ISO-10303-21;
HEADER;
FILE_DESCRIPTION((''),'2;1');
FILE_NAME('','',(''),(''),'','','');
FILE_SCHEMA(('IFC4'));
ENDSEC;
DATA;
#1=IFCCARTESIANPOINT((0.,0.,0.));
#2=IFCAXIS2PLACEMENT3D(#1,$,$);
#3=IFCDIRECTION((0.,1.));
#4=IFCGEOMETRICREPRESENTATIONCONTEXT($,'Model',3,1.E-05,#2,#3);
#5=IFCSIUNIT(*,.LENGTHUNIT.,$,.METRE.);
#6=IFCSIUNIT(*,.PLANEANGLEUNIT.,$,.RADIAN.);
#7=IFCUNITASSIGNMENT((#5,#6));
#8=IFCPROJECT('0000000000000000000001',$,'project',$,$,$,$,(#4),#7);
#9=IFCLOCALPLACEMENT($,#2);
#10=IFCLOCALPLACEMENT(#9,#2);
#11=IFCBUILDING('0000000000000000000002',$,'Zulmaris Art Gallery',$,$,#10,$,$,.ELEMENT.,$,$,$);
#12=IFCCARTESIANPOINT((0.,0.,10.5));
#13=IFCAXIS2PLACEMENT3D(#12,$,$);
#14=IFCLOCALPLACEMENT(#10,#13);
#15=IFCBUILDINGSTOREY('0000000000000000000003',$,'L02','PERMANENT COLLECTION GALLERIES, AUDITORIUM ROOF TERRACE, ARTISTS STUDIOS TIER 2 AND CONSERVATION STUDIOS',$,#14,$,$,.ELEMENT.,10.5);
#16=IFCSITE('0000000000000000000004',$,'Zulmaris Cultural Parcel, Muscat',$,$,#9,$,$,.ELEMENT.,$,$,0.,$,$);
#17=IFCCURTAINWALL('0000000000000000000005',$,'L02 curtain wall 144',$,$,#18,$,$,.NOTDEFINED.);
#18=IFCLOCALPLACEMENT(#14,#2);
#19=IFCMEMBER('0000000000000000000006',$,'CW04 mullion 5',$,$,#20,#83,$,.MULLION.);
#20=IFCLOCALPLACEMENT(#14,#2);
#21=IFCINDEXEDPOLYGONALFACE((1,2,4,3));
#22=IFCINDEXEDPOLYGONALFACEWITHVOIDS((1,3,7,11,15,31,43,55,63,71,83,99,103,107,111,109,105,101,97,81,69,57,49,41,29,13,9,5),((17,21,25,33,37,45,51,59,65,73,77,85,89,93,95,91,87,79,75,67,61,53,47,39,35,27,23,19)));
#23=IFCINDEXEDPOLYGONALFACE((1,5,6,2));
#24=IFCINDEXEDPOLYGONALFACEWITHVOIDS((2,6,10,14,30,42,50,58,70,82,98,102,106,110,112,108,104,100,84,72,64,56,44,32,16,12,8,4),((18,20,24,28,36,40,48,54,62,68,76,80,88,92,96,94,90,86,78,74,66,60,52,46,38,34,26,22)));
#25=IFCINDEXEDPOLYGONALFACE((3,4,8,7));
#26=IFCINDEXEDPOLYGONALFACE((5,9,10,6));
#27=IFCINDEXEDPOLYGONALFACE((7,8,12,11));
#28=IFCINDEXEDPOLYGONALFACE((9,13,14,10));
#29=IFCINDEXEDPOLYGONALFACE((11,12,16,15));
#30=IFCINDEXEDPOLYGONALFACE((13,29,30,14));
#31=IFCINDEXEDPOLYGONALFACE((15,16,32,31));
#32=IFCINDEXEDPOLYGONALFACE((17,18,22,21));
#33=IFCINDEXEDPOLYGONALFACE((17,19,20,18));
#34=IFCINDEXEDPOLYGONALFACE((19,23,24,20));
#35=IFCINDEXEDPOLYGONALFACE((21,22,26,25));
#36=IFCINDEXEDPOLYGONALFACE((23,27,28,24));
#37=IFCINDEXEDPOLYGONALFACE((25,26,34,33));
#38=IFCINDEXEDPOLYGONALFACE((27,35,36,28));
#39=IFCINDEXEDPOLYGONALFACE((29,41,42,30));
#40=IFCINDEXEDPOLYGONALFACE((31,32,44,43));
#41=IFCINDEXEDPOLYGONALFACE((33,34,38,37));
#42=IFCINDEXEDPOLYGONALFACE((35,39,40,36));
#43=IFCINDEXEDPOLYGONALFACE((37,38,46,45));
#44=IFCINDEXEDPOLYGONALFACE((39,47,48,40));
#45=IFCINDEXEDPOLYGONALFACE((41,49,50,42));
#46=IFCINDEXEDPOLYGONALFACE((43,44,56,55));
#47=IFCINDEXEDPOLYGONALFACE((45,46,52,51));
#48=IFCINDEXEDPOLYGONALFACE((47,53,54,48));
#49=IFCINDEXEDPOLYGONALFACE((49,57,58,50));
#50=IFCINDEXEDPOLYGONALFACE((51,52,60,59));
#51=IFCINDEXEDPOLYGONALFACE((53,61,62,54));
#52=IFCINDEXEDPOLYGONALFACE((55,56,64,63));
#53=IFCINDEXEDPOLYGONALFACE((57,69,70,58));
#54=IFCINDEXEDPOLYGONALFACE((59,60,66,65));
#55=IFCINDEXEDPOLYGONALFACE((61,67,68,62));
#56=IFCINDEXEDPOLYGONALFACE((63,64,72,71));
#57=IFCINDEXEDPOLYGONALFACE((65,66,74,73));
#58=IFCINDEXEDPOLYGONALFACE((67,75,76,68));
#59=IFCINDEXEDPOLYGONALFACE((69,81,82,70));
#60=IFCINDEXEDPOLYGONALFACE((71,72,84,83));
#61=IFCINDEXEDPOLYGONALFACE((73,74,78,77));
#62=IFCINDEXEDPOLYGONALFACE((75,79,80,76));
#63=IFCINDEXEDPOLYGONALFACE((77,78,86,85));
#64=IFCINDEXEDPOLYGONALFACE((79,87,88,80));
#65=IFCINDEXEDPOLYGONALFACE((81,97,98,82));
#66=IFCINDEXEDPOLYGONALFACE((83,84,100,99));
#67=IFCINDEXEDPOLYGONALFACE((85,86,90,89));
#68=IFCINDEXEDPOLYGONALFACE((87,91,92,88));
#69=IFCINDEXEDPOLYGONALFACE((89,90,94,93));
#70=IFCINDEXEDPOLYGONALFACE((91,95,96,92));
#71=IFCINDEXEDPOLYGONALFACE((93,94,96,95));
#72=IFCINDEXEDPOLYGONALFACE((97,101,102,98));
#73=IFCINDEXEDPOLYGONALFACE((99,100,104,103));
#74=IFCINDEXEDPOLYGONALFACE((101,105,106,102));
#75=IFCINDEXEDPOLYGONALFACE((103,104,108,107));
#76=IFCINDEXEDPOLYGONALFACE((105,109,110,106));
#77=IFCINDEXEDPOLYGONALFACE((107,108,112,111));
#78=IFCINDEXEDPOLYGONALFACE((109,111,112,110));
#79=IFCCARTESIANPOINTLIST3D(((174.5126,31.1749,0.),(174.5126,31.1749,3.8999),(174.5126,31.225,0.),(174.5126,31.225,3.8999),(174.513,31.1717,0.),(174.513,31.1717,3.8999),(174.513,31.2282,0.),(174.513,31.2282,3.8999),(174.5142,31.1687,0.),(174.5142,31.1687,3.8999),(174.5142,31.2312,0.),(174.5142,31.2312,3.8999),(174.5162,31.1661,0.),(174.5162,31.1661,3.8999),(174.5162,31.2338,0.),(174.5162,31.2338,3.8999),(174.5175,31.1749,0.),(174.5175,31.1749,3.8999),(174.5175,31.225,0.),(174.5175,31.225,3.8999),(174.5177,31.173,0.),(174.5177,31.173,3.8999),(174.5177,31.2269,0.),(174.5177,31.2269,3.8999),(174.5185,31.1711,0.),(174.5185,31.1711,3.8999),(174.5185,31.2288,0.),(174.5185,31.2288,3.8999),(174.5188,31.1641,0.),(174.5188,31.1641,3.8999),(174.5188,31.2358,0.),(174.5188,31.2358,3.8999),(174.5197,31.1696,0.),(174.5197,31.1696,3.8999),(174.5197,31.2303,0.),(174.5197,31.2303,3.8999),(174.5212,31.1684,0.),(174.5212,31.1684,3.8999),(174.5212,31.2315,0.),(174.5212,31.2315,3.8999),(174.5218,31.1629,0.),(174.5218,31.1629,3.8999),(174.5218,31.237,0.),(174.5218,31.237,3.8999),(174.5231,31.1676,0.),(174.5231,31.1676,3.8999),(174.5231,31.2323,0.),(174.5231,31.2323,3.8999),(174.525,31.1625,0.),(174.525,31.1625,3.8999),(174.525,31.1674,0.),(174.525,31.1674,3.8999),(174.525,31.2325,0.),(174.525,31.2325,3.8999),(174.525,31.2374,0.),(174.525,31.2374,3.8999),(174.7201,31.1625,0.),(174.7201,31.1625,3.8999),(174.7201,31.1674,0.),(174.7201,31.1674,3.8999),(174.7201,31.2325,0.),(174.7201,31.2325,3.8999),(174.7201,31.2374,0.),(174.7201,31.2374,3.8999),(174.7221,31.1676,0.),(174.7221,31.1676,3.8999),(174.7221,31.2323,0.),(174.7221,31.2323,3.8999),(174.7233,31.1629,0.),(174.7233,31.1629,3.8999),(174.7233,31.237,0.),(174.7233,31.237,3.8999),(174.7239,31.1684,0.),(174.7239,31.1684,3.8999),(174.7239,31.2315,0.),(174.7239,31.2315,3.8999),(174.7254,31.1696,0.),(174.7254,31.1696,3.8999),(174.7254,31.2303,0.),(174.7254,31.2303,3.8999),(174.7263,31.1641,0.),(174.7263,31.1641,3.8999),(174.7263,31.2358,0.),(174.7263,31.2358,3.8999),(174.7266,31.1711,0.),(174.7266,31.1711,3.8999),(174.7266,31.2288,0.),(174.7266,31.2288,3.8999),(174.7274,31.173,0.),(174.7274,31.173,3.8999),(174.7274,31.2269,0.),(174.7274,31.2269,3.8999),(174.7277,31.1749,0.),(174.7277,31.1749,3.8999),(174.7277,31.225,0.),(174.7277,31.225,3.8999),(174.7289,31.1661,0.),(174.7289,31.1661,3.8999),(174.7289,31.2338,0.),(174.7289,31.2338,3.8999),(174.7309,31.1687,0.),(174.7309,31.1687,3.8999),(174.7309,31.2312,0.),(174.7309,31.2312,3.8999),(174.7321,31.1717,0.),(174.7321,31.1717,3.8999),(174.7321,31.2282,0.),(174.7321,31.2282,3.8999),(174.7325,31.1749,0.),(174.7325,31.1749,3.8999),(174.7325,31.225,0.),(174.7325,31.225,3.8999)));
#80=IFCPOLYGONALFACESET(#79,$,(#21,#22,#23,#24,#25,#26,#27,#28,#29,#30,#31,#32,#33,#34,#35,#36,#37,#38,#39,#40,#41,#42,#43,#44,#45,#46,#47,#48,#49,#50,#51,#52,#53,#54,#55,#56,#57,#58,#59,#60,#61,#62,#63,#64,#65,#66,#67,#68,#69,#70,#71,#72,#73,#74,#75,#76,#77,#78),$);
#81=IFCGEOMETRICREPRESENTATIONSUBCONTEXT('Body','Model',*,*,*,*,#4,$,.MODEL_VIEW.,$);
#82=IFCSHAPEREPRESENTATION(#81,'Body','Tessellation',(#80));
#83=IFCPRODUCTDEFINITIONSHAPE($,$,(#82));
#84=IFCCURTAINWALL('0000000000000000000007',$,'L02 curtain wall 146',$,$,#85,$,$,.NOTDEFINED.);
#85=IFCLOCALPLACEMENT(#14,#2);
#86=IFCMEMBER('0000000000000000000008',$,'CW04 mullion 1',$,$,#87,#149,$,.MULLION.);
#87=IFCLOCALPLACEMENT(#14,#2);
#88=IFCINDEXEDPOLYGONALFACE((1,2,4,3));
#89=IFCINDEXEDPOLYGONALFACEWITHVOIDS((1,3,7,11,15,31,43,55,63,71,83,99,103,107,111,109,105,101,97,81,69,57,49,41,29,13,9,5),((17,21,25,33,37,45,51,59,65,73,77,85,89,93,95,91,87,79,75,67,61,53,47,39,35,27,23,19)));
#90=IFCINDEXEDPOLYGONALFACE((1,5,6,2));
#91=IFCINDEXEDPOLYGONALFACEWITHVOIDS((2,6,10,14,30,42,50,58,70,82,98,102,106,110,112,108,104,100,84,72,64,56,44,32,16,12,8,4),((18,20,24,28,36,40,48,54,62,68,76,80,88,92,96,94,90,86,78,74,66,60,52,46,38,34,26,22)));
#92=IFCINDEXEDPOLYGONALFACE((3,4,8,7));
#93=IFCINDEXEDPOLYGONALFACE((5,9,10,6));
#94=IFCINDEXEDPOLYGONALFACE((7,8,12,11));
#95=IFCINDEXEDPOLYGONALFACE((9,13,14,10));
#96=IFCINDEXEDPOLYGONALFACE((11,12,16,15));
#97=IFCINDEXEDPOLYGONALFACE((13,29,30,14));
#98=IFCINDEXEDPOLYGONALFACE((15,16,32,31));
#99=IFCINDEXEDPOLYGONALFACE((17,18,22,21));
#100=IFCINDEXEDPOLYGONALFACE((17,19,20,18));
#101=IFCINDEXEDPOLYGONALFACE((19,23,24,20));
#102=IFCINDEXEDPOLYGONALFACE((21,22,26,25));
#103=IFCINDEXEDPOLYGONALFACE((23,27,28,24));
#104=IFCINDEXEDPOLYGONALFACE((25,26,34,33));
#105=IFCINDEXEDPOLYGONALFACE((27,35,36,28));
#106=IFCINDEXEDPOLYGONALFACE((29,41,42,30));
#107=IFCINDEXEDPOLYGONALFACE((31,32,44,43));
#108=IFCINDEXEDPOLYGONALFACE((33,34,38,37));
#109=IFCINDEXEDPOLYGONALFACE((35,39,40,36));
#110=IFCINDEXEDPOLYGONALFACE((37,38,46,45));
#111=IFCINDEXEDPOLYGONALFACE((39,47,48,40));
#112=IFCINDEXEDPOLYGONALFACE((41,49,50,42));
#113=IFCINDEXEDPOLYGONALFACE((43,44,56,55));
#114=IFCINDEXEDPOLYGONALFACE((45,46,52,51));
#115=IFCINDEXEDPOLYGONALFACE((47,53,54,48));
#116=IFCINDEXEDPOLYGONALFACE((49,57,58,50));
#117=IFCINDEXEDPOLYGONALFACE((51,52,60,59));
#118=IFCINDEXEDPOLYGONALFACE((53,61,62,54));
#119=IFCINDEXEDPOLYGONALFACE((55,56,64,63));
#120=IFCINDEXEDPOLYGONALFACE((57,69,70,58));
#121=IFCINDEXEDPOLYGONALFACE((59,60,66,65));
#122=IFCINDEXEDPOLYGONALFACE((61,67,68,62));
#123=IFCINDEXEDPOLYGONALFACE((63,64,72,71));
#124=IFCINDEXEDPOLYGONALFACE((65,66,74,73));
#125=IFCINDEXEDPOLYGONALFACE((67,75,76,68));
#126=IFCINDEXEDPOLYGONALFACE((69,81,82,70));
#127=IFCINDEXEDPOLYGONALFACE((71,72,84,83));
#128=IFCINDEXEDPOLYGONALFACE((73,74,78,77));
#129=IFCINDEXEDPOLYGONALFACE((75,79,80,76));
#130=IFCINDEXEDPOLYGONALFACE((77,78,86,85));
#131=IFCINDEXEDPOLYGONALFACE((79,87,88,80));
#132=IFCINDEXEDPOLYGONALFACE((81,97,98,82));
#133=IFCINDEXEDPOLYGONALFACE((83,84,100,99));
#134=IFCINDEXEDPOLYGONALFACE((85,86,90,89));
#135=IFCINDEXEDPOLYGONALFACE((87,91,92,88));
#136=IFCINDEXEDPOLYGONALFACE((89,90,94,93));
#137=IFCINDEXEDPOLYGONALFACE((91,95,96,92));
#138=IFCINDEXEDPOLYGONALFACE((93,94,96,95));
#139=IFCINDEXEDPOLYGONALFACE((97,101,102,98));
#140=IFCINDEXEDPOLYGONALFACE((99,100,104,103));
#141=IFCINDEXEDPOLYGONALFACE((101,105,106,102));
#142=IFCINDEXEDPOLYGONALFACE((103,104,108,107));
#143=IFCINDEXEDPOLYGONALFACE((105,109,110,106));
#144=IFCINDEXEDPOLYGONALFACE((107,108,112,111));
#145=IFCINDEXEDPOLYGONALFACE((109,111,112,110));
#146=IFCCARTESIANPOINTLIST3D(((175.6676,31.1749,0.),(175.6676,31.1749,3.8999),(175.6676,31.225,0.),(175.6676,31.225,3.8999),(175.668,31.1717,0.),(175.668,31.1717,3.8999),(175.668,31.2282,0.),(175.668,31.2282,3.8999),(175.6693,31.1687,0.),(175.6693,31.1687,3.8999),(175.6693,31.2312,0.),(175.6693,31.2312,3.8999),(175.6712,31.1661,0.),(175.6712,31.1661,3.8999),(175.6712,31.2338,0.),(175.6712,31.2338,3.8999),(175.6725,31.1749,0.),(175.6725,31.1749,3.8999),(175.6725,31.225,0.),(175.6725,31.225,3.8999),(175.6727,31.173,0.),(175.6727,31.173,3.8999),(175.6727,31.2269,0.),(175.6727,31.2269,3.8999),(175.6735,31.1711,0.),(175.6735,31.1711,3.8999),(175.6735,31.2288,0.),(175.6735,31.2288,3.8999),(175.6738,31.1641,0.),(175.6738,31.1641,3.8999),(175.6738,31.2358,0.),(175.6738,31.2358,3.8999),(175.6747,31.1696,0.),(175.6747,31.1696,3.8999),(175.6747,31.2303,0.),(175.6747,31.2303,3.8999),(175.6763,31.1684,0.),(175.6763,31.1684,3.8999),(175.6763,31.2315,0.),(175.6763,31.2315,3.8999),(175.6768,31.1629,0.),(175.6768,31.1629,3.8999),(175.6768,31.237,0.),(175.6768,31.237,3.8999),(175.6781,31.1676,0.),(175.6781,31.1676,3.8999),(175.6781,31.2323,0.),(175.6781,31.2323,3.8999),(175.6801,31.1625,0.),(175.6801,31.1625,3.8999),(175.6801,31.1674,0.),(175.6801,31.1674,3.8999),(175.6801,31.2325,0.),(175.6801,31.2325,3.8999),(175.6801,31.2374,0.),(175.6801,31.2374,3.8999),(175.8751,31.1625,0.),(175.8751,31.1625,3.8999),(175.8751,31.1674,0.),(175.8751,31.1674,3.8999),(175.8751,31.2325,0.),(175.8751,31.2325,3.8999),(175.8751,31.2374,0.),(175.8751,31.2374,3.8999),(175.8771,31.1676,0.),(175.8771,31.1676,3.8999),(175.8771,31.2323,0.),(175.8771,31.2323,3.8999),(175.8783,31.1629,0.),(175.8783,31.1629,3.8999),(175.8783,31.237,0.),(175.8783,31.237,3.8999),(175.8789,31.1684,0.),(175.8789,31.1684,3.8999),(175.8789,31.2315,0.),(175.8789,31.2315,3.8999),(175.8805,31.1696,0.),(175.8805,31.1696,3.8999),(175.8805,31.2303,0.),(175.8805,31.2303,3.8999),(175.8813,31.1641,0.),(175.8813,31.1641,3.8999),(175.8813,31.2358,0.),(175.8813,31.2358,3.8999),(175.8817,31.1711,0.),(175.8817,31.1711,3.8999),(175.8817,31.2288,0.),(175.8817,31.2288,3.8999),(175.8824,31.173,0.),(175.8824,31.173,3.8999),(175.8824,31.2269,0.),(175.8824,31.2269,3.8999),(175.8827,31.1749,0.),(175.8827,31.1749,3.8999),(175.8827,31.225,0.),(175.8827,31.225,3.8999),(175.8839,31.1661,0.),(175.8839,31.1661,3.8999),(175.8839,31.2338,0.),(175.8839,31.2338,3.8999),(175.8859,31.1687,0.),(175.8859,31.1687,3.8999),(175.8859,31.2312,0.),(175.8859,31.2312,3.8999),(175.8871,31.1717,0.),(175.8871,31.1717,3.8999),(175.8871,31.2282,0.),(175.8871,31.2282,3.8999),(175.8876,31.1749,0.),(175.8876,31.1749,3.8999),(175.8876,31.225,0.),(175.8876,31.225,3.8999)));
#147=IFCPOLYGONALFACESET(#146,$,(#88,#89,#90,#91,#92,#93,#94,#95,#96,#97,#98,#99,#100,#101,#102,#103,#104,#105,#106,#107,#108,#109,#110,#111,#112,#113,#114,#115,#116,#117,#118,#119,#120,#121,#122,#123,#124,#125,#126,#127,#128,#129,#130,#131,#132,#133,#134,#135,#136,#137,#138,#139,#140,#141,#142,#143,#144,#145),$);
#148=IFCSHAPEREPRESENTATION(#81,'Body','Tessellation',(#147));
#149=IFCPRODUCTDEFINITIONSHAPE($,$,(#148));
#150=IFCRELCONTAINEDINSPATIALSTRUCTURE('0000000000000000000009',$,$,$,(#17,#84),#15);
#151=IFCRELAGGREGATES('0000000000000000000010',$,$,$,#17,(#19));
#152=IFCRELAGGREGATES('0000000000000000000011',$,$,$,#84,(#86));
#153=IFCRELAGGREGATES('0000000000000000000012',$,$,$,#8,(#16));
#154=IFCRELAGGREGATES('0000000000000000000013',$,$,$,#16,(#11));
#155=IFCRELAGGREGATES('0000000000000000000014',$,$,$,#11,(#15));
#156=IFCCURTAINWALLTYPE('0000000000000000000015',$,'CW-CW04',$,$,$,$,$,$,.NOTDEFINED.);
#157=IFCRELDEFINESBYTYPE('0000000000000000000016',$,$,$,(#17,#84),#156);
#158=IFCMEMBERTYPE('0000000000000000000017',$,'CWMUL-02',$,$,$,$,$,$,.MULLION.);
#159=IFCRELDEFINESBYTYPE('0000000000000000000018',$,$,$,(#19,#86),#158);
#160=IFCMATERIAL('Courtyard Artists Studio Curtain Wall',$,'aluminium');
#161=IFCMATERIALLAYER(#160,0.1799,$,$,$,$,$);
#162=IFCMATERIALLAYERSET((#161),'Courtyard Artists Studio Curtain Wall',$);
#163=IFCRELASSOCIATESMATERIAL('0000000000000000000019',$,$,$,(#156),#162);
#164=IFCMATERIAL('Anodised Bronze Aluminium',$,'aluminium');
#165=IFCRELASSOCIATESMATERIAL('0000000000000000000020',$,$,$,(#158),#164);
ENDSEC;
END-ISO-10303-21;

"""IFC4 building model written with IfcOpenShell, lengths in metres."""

from ifc_helpers import new_model, si_unit, direction, frame, origin, origin_2d, place, context, subcontext, project, spatial, hollow_rectangle, extrude, material, layer, layer_set, material_profile, profile_set, type_object, element, aggregate, save


model = new_model("IFC4")

# Units and contexts
model_context = context("Model", 3, precision=1e-05, world=origin(), true_north=direction((0.0, 1.0)))
body_context = subcontext(model_context, "Body", "Model", "MODEL_VIEW")
ifc_project = project(units=[si_unit("LENGTHUNIT", "METRE"), si_unit("PLANEANGLEUNIT", "RADIAN")], contexts=[model_context])

# Site, building, storey
site_placement = place(None, origin())
site = spatial("IfcSite", under=ifc_project, at=site_placement, Name="Zulmaris Cultural Parcel, Muscat", CompositionType="ELEMENT", RefElevation=0.0)
building_placement = place(site_placement, origin())
building = spatial("IfcBuilding", under=site, at=building_placement, Name="Zulmaris Art Gallery", CompositionType="ELEMENT")
storey_placement = place(building_placement, frame((0.0, 0.0, 10.5)))
storey = spatial("IfcBuildingStorey", under=building, at=storey_placement, Name="L02", Description="PERMANENT COLLECTION GALLERIES, AUDITORIUM ROOF TERRACE, ARTISTS STUDIOS TIER 2 AND CONSERVATION STUDIOS", CompositionType="ELEMENT", Elevation=10.5)

# Curtain walls, members
ifc_material_1 = material(Name="Courtyard Artists Studio Curtain Wall", Category="aluminium")
ifc_layer_1 = layer(ifc_material_1, 0.1799)
ifc_layer_set_1 = layer_set([ifc_layer_1], Name="Courtyard Artists Studio Curtain Wall")
curtain_wall_type = type_object("IfcCurtainWallType", Name="CW-CW04", PredefinedType="NOTDEFINED", material=ifc_layer_set_1)
curtain_wall_1_placement = place(storey_placement, origin())
curtain_wall_1 = element("IfcCurtainWall", 1, at=curtain_wall_1_placement, inside=storey, type_object=curtain_wall_type, Name="L02 curtain wall 144", PredefinedType="NOTDEFINED")
ifc_material_2 = material(Name="Anodised Bronze Aluminium", Category="aluminium")
ifc_material_profile_1 = material_profile(ifc_material_2, hollow_rectangle(XDim=0.075, YDim=0.22, WallThickness=0.0049, InnerFilletRadius=0.0076, OuterFilletRadius=0.0125, at=origin_2d()), Name="ALU 75x220x5")
ifc_profile_set_1 = profile_set([ifc_material_profile_1], Name="Anodised Bronze Aluminium")
member_type_1 = type_object("IfcMemberType", Name="CWMUL-02", PredefinedType="MULLION", material=ifc_profile_set_1)
member_1_placement = place(storey_placement, frame((174.6226, 31.2, 0.0), z_axis=(0.0, 0.0, 1.0), x_axis=(0.0, 1.0, 0.0)))
member_1 = element("IfcMember", 2, at=member_1_placement, type_object=member_type_1, Name="CW04 mullion 5", PredefinedType="MULLION", context=body_context, shape_type="SweptSolid", body=[
    extrude(hollow_rectangle(XDim=0.075, YDim=0.22, WallThickness=0.0049, InnerFilletRadius=0.0076, OuterFilletRadius=0.0125, at=origin_2d()), origin(), (0.0, 0.0, 1.0), 3.8999),
])
curtain_wall_2_placement = place(storey_placement, origin())
curtain_wall_2 = element("IfcCurtainWall", 3, at=curtain_wall_2_placement, inside=storey, type_object=curtain_wall_type, Name="L02 curtain wall 146", PredefinedType="NOTDEFINED")
member_2_placement = place(storey_placement, frame((175.7776, 31.2, 0.0), z_axis=(0.0, 0.0, 1.0), x_axis=(0.0, 1.0, 0.0)))
member_2 = element("IfcMember", 4, at=member_2_placement, type_object=member_type_1, Name="CW04 mullion 1", PredefinedType="MULLION", context=body_context, shape_type="SweptSolid", body=[
    extrude(hollow_rectangle(XDim=0.075, YDim=0.22, WallThickness=0.0049, InnerFilletRadius=0.0076, OuterFilletRadius=0.0125, at=origin_2d()), origin(), (0.0, 0.0, 1.0), 3.8999),
])

aggregate(curtain_wall_1, [member_1])
aggregate(curtain_wall_2, [member_2])

save(model, "model.ifc")
